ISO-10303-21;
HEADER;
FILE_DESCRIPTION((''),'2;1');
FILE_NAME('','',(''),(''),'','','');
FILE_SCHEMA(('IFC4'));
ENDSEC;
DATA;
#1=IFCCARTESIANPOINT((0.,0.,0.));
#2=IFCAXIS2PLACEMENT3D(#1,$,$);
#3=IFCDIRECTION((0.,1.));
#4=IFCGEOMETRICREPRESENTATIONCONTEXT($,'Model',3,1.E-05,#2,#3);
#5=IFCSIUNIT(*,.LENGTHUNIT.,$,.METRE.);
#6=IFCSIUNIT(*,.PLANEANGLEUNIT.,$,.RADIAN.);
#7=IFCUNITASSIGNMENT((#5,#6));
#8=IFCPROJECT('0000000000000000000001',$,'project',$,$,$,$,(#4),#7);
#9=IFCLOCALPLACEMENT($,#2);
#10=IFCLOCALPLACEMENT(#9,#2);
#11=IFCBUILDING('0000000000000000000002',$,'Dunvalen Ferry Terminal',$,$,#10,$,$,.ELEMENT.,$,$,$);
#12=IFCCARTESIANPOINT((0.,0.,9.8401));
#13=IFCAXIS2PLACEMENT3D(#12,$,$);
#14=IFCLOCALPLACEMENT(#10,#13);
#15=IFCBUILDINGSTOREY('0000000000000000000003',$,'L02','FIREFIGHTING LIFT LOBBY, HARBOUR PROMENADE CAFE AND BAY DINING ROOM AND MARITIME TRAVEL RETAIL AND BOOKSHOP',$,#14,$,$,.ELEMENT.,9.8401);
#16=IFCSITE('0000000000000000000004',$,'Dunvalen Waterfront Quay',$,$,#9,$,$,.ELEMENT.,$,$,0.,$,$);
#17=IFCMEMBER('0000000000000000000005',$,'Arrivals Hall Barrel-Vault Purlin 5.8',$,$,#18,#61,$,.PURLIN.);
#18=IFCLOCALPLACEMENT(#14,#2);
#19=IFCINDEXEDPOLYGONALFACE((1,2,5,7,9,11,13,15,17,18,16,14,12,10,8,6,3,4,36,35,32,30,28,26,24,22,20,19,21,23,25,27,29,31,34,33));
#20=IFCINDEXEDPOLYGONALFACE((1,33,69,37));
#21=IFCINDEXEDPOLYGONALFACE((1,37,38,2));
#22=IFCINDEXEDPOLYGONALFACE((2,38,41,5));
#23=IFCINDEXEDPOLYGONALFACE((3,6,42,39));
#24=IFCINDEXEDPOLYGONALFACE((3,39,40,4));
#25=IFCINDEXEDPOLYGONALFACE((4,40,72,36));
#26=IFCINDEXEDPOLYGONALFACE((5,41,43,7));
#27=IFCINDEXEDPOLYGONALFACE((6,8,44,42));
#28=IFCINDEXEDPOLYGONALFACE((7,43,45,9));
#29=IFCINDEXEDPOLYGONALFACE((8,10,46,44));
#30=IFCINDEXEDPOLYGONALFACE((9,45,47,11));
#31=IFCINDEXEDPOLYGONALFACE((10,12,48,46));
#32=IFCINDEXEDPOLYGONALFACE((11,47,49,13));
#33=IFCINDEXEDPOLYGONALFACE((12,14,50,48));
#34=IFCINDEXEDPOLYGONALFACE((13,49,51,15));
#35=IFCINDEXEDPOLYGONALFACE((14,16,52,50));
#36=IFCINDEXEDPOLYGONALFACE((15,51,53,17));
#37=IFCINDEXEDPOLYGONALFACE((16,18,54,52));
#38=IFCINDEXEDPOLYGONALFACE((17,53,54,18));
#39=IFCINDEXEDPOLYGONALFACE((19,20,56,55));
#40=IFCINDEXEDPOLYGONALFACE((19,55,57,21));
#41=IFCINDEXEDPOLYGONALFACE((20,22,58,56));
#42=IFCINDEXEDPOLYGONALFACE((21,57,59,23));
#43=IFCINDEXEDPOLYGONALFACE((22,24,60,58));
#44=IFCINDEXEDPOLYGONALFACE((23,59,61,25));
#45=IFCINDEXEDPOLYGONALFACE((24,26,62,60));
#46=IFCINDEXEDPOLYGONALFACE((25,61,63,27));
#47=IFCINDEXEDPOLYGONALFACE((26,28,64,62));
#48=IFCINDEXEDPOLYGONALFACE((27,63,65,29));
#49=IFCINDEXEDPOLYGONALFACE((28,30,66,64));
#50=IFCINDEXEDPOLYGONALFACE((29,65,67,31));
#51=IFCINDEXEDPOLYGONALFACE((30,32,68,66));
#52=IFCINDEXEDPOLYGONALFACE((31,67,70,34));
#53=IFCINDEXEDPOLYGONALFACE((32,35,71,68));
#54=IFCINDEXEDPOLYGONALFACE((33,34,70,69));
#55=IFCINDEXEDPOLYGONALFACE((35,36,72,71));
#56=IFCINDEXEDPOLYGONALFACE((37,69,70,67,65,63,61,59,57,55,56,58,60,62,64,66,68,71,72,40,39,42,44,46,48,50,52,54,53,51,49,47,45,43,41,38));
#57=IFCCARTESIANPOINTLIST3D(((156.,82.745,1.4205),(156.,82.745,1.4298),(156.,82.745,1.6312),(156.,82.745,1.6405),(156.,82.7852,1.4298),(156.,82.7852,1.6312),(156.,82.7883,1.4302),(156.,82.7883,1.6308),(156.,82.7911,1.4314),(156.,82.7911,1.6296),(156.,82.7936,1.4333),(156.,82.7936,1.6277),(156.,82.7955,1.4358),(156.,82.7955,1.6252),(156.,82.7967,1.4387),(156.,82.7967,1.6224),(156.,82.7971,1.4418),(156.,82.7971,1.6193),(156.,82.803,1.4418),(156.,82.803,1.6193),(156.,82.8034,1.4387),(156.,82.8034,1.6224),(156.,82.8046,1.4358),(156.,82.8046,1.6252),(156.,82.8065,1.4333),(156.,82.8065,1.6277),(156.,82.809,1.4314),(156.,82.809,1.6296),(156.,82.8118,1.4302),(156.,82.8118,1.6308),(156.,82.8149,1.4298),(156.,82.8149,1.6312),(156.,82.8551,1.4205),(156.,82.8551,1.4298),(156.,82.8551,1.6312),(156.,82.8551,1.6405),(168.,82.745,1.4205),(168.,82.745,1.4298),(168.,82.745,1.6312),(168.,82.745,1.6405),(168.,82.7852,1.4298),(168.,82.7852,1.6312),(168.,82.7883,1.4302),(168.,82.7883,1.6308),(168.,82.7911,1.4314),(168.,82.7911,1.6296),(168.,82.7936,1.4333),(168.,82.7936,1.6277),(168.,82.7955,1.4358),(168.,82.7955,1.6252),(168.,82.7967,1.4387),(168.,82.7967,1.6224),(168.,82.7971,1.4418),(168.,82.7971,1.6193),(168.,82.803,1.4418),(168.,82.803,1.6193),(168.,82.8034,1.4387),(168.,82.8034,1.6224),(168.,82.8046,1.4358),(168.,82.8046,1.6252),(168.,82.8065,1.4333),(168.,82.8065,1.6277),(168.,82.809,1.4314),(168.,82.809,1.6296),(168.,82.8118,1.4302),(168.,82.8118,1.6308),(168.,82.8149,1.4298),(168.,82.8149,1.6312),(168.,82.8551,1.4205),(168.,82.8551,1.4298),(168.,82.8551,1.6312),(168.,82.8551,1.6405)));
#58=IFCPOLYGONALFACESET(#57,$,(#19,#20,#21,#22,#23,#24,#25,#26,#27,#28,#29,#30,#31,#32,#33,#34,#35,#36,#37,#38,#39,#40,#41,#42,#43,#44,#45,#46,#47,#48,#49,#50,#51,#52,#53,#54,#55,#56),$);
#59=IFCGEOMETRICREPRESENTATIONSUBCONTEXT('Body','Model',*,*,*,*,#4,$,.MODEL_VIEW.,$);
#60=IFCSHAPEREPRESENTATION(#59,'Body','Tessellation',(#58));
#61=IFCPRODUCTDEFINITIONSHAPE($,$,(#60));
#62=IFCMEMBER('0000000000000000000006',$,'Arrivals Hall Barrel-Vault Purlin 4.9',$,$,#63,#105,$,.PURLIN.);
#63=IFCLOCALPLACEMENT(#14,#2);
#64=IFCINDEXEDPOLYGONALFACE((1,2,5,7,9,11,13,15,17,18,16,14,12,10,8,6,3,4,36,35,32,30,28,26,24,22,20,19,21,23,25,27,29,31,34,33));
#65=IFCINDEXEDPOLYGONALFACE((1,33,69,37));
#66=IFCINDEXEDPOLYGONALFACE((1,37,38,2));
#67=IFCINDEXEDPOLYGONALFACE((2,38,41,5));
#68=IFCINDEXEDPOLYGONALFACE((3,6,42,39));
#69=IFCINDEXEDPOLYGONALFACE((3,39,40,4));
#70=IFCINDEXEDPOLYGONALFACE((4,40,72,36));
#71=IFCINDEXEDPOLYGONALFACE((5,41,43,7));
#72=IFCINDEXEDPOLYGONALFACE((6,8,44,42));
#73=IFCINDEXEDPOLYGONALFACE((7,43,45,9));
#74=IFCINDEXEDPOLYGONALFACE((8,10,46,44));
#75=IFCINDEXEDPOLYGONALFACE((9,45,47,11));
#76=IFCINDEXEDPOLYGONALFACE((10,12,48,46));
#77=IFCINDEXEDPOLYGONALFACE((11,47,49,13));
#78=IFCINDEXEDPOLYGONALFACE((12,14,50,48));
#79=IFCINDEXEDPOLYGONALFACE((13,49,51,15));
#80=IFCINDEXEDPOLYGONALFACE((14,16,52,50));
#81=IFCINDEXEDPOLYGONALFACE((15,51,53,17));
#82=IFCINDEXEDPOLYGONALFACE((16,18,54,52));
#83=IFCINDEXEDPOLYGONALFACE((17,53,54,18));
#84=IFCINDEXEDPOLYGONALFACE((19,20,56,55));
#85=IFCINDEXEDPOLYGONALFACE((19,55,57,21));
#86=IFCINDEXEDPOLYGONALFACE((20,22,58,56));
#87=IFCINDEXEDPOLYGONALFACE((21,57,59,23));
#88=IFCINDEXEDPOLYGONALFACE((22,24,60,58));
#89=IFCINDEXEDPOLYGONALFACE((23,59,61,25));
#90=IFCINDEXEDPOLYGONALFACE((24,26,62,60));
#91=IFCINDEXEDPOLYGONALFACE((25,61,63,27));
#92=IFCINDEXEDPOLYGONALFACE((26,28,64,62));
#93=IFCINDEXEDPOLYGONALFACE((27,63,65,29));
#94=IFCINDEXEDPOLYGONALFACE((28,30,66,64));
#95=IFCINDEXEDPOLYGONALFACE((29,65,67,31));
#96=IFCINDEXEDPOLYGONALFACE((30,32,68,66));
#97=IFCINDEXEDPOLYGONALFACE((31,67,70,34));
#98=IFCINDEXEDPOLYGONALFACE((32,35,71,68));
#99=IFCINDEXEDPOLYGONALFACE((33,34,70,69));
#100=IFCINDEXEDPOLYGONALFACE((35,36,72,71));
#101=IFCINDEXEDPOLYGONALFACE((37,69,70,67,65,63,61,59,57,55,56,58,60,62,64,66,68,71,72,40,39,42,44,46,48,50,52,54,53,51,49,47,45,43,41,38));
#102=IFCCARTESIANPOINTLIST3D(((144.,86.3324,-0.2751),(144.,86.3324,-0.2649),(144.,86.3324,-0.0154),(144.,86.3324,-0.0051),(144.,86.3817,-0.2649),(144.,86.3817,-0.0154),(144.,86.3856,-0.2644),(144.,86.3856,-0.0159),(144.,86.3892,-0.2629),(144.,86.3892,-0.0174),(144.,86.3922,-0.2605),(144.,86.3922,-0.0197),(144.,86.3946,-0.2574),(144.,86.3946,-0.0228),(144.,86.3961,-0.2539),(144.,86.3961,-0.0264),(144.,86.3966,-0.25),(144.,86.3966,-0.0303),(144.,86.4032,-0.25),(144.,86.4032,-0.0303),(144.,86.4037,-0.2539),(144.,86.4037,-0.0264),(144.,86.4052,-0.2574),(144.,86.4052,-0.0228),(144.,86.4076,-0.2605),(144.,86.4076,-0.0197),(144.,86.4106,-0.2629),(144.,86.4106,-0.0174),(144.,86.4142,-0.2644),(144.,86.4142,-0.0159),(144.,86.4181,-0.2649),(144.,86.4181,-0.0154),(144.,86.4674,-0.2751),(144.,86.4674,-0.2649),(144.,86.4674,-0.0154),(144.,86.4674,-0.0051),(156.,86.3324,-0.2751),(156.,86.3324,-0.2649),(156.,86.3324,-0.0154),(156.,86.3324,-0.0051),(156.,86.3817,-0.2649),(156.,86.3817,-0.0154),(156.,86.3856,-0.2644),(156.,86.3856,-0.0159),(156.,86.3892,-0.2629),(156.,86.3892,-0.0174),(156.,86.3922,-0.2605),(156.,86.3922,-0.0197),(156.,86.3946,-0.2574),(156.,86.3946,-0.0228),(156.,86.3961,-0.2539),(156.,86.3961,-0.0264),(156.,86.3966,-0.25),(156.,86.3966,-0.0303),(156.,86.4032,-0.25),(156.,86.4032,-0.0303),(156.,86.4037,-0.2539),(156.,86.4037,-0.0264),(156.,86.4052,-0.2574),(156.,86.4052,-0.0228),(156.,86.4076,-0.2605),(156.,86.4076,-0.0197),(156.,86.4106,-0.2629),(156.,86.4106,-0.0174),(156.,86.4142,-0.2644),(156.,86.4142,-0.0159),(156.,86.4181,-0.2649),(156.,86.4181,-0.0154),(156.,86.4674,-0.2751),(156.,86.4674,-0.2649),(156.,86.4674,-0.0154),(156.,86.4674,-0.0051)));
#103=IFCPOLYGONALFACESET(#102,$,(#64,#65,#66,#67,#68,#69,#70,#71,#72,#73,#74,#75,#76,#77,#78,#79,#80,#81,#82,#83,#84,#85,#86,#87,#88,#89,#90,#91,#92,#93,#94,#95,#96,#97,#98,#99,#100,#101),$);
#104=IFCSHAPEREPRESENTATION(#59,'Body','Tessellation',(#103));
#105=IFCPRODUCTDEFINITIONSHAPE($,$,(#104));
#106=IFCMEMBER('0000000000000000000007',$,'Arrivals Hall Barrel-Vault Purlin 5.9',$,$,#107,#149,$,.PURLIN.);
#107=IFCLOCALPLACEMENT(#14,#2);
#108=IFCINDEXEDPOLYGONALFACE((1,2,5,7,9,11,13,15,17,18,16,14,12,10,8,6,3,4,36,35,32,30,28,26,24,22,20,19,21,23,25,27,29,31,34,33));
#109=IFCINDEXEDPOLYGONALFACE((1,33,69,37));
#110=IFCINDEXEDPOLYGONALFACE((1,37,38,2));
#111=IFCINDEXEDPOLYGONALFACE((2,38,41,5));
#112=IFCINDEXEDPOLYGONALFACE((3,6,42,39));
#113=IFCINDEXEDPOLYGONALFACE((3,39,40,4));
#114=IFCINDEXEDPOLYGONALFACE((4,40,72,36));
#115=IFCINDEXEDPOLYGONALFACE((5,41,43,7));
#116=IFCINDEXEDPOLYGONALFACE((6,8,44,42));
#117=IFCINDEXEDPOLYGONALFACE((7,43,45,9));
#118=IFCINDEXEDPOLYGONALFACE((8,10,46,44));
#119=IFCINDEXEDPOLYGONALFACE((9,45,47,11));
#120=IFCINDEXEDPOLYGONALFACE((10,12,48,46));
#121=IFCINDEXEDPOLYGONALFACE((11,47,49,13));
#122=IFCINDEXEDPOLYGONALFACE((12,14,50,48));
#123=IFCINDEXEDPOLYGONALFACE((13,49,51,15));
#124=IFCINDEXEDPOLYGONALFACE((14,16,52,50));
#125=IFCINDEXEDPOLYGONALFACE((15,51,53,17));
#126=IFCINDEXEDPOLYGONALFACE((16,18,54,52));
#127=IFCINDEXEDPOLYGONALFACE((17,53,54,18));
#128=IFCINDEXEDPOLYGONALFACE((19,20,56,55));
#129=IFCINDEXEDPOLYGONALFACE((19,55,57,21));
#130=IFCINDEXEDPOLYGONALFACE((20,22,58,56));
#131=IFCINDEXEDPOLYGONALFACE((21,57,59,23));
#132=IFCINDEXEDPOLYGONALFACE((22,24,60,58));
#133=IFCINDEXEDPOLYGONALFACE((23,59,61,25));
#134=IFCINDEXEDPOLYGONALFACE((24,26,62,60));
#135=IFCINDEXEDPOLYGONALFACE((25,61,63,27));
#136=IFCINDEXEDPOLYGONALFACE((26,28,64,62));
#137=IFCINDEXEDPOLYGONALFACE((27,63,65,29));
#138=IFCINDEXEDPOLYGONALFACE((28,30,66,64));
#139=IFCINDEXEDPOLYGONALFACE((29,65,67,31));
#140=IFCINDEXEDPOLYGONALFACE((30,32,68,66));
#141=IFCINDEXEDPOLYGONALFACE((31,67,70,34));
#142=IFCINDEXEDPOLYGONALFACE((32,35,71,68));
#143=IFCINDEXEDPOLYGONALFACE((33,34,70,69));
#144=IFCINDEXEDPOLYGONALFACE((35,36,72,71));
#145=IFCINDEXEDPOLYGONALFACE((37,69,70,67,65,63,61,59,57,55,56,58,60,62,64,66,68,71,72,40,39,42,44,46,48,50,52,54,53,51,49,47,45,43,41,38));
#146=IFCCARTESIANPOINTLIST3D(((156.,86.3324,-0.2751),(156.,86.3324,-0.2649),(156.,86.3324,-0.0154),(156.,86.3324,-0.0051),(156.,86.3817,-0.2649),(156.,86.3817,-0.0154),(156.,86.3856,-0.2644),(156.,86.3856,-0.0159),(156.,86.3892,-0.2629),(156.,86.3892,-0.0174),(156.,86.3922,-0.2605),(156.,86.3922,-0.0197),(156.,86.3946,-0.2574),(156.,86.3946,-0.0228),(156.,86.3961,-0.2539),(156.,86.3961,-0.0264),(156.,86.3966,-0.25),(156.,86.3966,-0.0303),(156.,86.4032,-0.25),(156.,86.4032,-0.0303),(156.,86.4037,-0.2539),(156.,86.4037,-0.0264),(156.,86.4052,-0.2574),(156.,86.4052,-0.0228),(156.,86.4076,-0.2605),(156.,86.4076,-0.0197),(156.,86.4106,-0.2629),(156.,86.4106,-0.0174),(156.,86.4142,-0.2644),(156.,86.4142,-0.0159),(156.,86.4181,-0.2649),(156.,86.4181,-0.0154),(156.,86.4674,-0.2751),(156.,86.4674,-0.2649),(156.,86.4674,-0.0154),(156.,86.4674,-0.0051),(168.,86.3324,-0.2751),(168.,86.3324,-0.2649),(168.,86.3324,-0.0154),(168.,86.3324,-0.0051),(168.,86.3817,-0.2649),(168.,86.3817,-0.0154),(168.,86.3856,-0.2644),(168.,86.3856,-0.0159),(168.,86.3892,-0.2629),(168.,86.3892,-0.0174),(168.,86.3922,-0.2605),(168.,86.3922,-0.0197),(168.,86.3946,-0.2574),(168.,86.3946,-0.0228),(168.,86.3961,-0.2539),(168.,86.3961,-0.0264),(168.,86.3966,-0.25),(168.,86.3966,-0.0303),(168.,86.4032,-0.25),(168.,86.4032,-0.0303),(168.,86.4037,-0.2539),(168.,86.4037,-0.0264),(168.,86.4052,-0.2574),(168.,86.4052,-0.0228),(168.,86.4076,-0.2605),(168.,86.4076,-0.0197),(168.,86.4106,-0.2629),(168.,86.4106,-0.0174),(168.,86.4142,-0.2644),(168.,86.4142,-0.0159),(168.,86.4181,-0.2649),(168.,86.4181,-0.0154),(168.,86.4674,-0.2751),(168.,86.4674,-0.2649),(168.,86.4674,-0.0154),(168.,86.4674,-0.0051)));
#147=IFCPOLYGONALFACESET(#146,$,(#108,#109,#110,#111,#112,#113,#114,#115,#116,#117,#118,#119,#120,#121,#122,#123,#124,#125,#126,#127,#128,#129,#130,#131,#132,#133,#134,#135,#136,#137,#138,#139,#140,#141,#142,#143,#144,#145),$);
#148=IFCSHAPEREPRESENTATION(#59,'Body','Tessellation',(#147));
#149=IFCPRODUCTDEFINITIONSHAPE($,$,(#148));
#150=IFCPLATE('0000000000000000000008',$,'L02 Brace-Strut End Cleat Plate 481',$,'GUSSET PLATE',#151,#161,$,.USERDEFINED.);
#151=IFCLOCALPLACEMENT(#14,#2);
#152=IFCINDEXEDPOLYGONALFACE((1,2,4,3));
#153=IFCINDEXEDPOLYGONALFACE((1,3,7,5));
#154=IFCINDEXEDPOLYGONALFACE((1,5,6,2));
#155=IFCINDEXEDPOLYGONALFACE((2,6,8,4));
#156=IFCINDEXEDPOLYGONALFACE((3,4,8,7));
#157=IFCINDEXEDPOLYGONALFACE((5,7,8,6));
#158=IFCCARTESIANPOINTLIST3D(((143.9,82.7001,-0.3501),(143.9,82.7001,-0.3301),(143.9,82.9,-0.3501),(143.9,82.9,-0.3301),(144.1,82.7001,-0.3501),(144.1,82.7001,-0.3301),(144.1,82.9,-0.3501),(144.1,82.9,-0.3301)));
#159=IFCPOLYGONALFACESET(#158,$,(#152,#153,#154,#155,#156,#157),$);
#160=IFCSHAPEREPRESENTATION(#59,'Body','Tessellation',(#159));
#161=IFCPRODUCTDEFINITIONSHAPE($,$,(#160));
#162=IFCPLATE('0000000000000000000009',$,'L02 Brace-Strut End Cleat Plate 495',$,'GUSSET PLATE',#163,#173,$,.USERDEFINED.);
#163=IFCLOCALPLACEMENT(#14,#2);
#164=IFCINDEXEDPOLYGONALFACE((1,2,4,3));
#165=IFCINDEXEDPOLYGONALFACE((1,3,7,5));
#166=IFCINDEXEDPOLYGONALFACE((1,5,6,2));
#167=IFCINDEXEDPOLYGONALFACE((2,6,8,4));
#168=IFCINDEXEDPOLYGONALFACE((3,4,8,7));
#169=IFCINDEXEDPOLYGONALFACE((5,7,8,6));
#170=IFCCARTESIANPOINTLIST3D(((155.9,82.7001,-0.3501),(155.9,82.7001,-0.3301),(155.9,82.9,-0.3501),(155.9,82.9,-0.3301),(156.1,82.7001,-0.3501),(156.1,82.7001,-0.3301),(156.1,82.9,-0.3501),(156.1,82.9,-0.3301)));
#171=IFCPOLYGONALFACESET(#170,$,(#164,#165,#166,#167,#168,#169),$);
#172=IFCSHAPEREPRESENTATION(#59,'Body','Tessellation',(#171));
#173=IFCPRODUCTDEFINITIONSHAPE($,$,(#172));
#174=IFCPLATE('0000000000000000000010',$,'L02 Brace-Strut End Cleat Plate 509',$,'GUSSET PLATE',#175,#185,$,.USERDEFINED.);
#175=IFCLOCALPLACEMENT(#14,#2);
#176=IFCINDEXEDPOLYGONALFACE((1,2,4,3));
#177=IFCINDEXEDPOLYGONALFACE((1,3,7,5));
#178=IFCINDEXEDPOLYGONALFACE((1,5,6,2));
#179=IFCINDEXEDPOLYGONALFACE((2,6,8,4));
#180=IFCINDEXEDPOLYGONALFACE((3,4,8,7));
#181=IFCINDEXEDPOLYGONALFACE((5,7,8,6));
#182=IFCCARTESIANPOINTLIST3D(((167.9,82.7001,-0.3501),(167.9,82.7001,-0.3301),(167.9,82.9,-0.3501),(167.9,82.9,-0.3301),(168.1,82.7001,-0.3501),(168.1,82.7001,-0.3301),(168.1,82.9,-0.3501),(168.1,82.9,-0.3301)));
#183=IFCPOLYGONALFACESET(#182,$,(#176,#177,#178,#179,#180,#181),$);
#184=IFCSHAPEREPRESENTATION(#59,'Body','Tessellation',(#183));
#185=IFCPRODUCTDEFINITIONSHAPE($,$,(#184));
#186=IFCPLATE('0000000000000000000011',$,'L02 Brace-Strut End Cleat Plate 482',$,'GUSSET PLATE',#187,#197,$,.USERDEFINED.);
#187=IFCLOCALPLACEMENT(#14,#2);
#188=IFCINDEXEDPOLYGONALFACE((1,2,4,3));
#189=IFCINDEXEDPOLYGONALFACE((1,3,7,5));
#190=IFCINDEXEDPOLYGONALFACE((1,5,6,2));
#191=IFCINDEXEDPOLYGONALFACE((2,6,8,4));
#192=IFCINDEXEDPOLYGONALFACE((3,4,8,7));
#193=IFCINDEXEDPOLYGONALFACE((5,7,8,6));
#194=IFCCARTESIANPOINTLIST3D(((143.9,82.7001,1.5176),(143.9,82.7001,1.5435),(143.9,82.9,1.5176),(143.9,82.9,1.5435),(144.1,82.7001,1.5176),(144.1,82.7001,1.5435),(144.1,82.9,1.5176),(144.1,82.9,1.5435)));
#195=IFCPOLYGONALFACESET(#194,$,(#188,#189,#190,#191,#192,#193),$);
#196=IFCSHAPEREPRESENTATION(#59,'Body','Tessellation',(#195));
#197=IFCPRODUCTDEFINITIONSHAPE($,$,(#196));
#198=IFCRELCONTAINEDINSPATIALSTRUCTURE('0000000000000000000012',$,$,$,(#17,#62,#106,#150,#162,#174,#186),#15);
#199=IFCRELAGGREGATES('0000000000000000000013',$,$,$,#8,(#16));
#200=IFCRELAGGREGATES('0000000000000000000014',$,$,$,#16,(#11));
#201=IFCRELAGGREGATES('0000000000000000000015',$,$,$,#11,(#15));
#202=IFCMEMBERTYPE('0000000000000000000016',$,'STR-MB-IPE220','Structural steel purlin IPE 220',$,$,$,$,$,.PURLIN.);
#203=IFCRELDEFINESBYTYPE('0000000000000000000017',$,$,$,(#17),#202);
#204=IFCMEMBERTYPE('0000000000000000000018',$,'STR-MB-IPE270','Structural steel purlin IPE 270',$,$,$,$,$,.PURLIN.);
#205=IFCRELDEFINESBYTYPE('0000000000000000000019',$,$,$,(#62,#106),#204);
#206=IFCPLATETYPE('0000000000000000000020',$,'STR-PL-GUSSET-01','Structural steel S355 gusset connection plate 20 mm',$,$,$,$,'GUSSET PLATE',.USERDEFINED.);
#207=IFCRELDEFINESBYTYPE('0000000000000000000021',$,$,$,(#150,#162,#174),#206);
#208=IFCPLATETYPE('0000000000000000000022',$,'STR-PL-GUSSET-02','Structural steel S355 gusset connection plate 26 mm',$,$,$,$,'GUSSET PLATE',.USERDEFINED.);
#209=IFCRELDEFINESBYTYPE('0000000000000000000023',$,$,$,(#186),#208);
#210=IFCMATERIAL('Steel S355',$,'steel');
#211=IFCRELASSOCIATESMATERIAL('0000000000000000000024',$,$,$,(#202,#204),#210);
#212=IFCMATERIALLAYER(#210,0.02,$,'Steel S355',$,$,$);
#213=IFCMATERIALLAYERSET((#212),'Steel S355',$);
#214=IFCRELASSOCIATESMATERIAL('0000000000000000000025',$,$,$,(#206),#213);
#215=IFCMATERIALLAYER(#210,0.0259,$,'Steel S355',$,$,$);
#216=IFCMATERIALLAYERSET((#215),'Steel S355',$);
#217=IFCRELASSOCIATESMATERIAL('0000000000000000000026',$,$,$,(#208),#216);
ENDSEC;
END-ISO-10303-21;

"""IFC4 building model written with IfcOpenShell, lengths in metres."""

from ifc_helpers import new_model, si_unit, direction, frame, origin, origin_2d, place, context, subcontext, project, spatial, rectangle, i_section, extrude, material, layer, layer_set, material_profile, profile_set, type_object, element, save


model = new_model("IFC4")

# Units and contexts
model_context = context("Model", 3, precision=1e-05, world=origin(), true_north=direction((0.0, 1.0)))
body_context = subcontext(model_context, "Body", "Model", "MODEL_VIEW")
ifc_project = project(units=[si_unit("LENGTHUNIT", "METRE"), si_unit("PLANEANGLEUNIT", "RADIAN")], contexts=[model_context])

# Site, building, storey
site_placement = place(None, origin())
site = spatial("IfcSite", under=ifc_project, at=site_placement, Name="Dunvalen Waterfront Quay", CompositionType="ELEMENT", RefElevation=0.0)
building_placement = place(site_placement, origin())
building = spatial("IfcBuilding", under=site, at=building_placement, Name="Dunvalen Ferry Terminal", CompositionType="ELEMENT")
storey_placement = place(building_placement, frame((0.0, 0.0, 9.8401)))
storey = spatial("IfcBuildingStorey", under=building, at=storey_placement, Name="L02", Description="FIREFIGHTING LIFT LOBBY, HARBOUR PROMENADE CAFE AND BAY DINING ROOM AND MARITIME TRAVEL RETAIL AND BOOKSHOP", CompositionType="ELEMENT", Elevation=9.8401)

# Shared definitions
ifc_material_1 = material(Name="Steel S355", Category="steel")

# Members
ifc_material_profile_1 = material_profile(ifc_material_1, i_section(OverallWidth=0.1101, OverallDepth=0.22, WebThickness=0.0059, FlangeThickness=0.0093, FilletRadius=0.012, at=origin_2d()), Name="Steel S355")
ifc_profile_set_1 = profile_set([ifc_material_profile_1], Name="Steel S355")
member_type_1 = type_object("IfcMemberType", Name="STR-MB-IPE220", Description="Structural steel purlin IPE 220", PredefinedType="PURLIN", material=ifc_profile_set_1)
member_placement = place(storey_placement, frame((156.0, 82.8, 1.5305), z_axis=(1.0, 0.0, 0.0), x_axis=(0.0, 1.0, 0.0)))
element("IfcMember", 1, at=member_placement, inside=storey, type_object=member_type_1, Name="Arrivals Hall Barrel-Vault Purlin 5.8", PredefinedType="PURLIN", context=body_context, shape_type="SweptSolid", body=[
    extrude(i_section(OverallWidth=0.1101, OverallDepth=0.22, WebThickness=0.0059, FlangeThickness=0.0093, FilletRadius=0.012, at=origin_2d()), origin(), (0.0, 0.0, 1.0), 12.0),
])
ifc_material_profile_2 = material_profile(ifc_material_1, i_section(OverallWidth=0.135, OverallDepth=0.27, WebThickness=0.0066, FlangeThickness=0.0103, FilletRadius=0.0149, at=origin_2d()), Name="Steel S355")
ifc_profile_set_2 = profile_set([ifc_material_profile_2], Name="Steel S355")
member_type_2 = type_object("IfcMemberType", Name="STR-MB-IPE270", Description="Structural steel purlin IPE 270", PredefinedType="PURLIN", material=ifc_profile_set_2)
for number, where, z_axis, x_axis, name in (
    (2, (144.0, 86.3999, -0.1401), (1.0, 0.0, 0.0), (0.0, 1.0, 0.0), "Arrivals Hall Barrel-Vault Purlin 4.9"),
    (3, (156.0, 86.3999, -0.1401), (1.0, 0.0, 0.0), (0.0, 1.0, 0.0), "Arrivals Hall Barrel-Vault Purlin 5.9"),
):
    element("IfcMember", number, at=place(storey_placement, frame(where, z_axis=z_axis, x_axis=x_axis)), inside=storey, type_object=member_type_2, Name=name, PredefinedType="PURLIN", context=body_context, shape_type="SweptSolid", body=[
        extrude(i_section(OverallWidth=0.135, OverallDepth=0.27, WebThickness=0.0066, FlangeThickness=0.0103, FilletRadius=0.0149, at=origin_2d()), origin(), (0.0, 0.0, 1.0), 12.0),
    ])

# Plates
ifc_layer_1 = layer(ifc_material_1, 0.02, Name="Steel S355")
ifc_layer_set_1 = layer_set([ifc_layer_1], Name="Steel S355")
plate_type_1 = type_object("IfcPlateType", Name="STR-PL-GUSSET-01", Description="Structural steel S355 gusset connection plate 20 mm", ElementType="GUSSET PLATE", PredefinedType="USERDEFINED", material=ifc_layer_set_1)
for number, where, z_axis, x_axis, name in (
    (4, (144.0, 82.8, -0.3501), (0.0, 0.0, 1.0), (1.0, 0.0, 0.0), "L02 Brace-Strut End Cleat Plate 481"),
    (5, (156.0, 82.8, -0.3501), (0.0, 0.0, 1.0), (1.0, 0.0, 0.0), "L02 Brace-Strut End Cleat Plate 495"),
    (6, (168.0, 82.8, -0.3501), (0.0, 0.0, 1.0), (1.0, 0.0, 0.0), "L02 Brace-Strut End Cleat Plate 509"),
):
    element("IfcPlate", number, at=place(storey_placement, frame(where, z_axis=z_axis, x_axis=x_axis)), inside=storey, type_object=plate_type_1, Name=name, ObjectType="GUSSET PLATE", PredefinedType="USERDEFINED", context=body_context, shape_type="SweptSolid", body=[
        extrude(rectangle(XDim=0.2, YDim=0.2, at=origin_2d()), origin(), (0.0, 0.0, 1.0), 0.02),
    ])
ifc_layer_2 = layer(ifc_material_1, 0.0259, Name="Steel S355")
ifc_layer_set_2 = layer_set([ifc_layer_2], Name="Steel S355")
plate_type_2 = type_object("IfcPlateType", Name="STR-PL-GUSSET-02", Description="Structural steel S355 gusset connection plate 26 mm", ElementType="GUSSET PLATE", PredefinedType="USERDEFINED", material=ifc_layer_set_2)
for number, where, z_axis, x_axis, name in (
    (7, (144.0, 82.8, 1.5176), (0.0, 0.0, 1.0), (1.0, 0.0, 0.0), "L02 Brace-Strut End Cleat Plate 482"),
):
    element("IfcPlate", number, at=place(storey_placement, frame(where, z_axis=z_axis, x_axis=x_axis)), inside=storey, type_object=plate_type_2, Name=name, ObjectType="GUSSET PLATE", PredefinedType="USERDEFINED", context=body_context, shape_type="SweptSolid", body=[
        extrude(rectangle(XDim=0.2, YDim=0.2, at=origin_2d()), origin(), (0.0, 0.0, 1.0), 0.0259),
    ])

save(model, "model.ifc")
